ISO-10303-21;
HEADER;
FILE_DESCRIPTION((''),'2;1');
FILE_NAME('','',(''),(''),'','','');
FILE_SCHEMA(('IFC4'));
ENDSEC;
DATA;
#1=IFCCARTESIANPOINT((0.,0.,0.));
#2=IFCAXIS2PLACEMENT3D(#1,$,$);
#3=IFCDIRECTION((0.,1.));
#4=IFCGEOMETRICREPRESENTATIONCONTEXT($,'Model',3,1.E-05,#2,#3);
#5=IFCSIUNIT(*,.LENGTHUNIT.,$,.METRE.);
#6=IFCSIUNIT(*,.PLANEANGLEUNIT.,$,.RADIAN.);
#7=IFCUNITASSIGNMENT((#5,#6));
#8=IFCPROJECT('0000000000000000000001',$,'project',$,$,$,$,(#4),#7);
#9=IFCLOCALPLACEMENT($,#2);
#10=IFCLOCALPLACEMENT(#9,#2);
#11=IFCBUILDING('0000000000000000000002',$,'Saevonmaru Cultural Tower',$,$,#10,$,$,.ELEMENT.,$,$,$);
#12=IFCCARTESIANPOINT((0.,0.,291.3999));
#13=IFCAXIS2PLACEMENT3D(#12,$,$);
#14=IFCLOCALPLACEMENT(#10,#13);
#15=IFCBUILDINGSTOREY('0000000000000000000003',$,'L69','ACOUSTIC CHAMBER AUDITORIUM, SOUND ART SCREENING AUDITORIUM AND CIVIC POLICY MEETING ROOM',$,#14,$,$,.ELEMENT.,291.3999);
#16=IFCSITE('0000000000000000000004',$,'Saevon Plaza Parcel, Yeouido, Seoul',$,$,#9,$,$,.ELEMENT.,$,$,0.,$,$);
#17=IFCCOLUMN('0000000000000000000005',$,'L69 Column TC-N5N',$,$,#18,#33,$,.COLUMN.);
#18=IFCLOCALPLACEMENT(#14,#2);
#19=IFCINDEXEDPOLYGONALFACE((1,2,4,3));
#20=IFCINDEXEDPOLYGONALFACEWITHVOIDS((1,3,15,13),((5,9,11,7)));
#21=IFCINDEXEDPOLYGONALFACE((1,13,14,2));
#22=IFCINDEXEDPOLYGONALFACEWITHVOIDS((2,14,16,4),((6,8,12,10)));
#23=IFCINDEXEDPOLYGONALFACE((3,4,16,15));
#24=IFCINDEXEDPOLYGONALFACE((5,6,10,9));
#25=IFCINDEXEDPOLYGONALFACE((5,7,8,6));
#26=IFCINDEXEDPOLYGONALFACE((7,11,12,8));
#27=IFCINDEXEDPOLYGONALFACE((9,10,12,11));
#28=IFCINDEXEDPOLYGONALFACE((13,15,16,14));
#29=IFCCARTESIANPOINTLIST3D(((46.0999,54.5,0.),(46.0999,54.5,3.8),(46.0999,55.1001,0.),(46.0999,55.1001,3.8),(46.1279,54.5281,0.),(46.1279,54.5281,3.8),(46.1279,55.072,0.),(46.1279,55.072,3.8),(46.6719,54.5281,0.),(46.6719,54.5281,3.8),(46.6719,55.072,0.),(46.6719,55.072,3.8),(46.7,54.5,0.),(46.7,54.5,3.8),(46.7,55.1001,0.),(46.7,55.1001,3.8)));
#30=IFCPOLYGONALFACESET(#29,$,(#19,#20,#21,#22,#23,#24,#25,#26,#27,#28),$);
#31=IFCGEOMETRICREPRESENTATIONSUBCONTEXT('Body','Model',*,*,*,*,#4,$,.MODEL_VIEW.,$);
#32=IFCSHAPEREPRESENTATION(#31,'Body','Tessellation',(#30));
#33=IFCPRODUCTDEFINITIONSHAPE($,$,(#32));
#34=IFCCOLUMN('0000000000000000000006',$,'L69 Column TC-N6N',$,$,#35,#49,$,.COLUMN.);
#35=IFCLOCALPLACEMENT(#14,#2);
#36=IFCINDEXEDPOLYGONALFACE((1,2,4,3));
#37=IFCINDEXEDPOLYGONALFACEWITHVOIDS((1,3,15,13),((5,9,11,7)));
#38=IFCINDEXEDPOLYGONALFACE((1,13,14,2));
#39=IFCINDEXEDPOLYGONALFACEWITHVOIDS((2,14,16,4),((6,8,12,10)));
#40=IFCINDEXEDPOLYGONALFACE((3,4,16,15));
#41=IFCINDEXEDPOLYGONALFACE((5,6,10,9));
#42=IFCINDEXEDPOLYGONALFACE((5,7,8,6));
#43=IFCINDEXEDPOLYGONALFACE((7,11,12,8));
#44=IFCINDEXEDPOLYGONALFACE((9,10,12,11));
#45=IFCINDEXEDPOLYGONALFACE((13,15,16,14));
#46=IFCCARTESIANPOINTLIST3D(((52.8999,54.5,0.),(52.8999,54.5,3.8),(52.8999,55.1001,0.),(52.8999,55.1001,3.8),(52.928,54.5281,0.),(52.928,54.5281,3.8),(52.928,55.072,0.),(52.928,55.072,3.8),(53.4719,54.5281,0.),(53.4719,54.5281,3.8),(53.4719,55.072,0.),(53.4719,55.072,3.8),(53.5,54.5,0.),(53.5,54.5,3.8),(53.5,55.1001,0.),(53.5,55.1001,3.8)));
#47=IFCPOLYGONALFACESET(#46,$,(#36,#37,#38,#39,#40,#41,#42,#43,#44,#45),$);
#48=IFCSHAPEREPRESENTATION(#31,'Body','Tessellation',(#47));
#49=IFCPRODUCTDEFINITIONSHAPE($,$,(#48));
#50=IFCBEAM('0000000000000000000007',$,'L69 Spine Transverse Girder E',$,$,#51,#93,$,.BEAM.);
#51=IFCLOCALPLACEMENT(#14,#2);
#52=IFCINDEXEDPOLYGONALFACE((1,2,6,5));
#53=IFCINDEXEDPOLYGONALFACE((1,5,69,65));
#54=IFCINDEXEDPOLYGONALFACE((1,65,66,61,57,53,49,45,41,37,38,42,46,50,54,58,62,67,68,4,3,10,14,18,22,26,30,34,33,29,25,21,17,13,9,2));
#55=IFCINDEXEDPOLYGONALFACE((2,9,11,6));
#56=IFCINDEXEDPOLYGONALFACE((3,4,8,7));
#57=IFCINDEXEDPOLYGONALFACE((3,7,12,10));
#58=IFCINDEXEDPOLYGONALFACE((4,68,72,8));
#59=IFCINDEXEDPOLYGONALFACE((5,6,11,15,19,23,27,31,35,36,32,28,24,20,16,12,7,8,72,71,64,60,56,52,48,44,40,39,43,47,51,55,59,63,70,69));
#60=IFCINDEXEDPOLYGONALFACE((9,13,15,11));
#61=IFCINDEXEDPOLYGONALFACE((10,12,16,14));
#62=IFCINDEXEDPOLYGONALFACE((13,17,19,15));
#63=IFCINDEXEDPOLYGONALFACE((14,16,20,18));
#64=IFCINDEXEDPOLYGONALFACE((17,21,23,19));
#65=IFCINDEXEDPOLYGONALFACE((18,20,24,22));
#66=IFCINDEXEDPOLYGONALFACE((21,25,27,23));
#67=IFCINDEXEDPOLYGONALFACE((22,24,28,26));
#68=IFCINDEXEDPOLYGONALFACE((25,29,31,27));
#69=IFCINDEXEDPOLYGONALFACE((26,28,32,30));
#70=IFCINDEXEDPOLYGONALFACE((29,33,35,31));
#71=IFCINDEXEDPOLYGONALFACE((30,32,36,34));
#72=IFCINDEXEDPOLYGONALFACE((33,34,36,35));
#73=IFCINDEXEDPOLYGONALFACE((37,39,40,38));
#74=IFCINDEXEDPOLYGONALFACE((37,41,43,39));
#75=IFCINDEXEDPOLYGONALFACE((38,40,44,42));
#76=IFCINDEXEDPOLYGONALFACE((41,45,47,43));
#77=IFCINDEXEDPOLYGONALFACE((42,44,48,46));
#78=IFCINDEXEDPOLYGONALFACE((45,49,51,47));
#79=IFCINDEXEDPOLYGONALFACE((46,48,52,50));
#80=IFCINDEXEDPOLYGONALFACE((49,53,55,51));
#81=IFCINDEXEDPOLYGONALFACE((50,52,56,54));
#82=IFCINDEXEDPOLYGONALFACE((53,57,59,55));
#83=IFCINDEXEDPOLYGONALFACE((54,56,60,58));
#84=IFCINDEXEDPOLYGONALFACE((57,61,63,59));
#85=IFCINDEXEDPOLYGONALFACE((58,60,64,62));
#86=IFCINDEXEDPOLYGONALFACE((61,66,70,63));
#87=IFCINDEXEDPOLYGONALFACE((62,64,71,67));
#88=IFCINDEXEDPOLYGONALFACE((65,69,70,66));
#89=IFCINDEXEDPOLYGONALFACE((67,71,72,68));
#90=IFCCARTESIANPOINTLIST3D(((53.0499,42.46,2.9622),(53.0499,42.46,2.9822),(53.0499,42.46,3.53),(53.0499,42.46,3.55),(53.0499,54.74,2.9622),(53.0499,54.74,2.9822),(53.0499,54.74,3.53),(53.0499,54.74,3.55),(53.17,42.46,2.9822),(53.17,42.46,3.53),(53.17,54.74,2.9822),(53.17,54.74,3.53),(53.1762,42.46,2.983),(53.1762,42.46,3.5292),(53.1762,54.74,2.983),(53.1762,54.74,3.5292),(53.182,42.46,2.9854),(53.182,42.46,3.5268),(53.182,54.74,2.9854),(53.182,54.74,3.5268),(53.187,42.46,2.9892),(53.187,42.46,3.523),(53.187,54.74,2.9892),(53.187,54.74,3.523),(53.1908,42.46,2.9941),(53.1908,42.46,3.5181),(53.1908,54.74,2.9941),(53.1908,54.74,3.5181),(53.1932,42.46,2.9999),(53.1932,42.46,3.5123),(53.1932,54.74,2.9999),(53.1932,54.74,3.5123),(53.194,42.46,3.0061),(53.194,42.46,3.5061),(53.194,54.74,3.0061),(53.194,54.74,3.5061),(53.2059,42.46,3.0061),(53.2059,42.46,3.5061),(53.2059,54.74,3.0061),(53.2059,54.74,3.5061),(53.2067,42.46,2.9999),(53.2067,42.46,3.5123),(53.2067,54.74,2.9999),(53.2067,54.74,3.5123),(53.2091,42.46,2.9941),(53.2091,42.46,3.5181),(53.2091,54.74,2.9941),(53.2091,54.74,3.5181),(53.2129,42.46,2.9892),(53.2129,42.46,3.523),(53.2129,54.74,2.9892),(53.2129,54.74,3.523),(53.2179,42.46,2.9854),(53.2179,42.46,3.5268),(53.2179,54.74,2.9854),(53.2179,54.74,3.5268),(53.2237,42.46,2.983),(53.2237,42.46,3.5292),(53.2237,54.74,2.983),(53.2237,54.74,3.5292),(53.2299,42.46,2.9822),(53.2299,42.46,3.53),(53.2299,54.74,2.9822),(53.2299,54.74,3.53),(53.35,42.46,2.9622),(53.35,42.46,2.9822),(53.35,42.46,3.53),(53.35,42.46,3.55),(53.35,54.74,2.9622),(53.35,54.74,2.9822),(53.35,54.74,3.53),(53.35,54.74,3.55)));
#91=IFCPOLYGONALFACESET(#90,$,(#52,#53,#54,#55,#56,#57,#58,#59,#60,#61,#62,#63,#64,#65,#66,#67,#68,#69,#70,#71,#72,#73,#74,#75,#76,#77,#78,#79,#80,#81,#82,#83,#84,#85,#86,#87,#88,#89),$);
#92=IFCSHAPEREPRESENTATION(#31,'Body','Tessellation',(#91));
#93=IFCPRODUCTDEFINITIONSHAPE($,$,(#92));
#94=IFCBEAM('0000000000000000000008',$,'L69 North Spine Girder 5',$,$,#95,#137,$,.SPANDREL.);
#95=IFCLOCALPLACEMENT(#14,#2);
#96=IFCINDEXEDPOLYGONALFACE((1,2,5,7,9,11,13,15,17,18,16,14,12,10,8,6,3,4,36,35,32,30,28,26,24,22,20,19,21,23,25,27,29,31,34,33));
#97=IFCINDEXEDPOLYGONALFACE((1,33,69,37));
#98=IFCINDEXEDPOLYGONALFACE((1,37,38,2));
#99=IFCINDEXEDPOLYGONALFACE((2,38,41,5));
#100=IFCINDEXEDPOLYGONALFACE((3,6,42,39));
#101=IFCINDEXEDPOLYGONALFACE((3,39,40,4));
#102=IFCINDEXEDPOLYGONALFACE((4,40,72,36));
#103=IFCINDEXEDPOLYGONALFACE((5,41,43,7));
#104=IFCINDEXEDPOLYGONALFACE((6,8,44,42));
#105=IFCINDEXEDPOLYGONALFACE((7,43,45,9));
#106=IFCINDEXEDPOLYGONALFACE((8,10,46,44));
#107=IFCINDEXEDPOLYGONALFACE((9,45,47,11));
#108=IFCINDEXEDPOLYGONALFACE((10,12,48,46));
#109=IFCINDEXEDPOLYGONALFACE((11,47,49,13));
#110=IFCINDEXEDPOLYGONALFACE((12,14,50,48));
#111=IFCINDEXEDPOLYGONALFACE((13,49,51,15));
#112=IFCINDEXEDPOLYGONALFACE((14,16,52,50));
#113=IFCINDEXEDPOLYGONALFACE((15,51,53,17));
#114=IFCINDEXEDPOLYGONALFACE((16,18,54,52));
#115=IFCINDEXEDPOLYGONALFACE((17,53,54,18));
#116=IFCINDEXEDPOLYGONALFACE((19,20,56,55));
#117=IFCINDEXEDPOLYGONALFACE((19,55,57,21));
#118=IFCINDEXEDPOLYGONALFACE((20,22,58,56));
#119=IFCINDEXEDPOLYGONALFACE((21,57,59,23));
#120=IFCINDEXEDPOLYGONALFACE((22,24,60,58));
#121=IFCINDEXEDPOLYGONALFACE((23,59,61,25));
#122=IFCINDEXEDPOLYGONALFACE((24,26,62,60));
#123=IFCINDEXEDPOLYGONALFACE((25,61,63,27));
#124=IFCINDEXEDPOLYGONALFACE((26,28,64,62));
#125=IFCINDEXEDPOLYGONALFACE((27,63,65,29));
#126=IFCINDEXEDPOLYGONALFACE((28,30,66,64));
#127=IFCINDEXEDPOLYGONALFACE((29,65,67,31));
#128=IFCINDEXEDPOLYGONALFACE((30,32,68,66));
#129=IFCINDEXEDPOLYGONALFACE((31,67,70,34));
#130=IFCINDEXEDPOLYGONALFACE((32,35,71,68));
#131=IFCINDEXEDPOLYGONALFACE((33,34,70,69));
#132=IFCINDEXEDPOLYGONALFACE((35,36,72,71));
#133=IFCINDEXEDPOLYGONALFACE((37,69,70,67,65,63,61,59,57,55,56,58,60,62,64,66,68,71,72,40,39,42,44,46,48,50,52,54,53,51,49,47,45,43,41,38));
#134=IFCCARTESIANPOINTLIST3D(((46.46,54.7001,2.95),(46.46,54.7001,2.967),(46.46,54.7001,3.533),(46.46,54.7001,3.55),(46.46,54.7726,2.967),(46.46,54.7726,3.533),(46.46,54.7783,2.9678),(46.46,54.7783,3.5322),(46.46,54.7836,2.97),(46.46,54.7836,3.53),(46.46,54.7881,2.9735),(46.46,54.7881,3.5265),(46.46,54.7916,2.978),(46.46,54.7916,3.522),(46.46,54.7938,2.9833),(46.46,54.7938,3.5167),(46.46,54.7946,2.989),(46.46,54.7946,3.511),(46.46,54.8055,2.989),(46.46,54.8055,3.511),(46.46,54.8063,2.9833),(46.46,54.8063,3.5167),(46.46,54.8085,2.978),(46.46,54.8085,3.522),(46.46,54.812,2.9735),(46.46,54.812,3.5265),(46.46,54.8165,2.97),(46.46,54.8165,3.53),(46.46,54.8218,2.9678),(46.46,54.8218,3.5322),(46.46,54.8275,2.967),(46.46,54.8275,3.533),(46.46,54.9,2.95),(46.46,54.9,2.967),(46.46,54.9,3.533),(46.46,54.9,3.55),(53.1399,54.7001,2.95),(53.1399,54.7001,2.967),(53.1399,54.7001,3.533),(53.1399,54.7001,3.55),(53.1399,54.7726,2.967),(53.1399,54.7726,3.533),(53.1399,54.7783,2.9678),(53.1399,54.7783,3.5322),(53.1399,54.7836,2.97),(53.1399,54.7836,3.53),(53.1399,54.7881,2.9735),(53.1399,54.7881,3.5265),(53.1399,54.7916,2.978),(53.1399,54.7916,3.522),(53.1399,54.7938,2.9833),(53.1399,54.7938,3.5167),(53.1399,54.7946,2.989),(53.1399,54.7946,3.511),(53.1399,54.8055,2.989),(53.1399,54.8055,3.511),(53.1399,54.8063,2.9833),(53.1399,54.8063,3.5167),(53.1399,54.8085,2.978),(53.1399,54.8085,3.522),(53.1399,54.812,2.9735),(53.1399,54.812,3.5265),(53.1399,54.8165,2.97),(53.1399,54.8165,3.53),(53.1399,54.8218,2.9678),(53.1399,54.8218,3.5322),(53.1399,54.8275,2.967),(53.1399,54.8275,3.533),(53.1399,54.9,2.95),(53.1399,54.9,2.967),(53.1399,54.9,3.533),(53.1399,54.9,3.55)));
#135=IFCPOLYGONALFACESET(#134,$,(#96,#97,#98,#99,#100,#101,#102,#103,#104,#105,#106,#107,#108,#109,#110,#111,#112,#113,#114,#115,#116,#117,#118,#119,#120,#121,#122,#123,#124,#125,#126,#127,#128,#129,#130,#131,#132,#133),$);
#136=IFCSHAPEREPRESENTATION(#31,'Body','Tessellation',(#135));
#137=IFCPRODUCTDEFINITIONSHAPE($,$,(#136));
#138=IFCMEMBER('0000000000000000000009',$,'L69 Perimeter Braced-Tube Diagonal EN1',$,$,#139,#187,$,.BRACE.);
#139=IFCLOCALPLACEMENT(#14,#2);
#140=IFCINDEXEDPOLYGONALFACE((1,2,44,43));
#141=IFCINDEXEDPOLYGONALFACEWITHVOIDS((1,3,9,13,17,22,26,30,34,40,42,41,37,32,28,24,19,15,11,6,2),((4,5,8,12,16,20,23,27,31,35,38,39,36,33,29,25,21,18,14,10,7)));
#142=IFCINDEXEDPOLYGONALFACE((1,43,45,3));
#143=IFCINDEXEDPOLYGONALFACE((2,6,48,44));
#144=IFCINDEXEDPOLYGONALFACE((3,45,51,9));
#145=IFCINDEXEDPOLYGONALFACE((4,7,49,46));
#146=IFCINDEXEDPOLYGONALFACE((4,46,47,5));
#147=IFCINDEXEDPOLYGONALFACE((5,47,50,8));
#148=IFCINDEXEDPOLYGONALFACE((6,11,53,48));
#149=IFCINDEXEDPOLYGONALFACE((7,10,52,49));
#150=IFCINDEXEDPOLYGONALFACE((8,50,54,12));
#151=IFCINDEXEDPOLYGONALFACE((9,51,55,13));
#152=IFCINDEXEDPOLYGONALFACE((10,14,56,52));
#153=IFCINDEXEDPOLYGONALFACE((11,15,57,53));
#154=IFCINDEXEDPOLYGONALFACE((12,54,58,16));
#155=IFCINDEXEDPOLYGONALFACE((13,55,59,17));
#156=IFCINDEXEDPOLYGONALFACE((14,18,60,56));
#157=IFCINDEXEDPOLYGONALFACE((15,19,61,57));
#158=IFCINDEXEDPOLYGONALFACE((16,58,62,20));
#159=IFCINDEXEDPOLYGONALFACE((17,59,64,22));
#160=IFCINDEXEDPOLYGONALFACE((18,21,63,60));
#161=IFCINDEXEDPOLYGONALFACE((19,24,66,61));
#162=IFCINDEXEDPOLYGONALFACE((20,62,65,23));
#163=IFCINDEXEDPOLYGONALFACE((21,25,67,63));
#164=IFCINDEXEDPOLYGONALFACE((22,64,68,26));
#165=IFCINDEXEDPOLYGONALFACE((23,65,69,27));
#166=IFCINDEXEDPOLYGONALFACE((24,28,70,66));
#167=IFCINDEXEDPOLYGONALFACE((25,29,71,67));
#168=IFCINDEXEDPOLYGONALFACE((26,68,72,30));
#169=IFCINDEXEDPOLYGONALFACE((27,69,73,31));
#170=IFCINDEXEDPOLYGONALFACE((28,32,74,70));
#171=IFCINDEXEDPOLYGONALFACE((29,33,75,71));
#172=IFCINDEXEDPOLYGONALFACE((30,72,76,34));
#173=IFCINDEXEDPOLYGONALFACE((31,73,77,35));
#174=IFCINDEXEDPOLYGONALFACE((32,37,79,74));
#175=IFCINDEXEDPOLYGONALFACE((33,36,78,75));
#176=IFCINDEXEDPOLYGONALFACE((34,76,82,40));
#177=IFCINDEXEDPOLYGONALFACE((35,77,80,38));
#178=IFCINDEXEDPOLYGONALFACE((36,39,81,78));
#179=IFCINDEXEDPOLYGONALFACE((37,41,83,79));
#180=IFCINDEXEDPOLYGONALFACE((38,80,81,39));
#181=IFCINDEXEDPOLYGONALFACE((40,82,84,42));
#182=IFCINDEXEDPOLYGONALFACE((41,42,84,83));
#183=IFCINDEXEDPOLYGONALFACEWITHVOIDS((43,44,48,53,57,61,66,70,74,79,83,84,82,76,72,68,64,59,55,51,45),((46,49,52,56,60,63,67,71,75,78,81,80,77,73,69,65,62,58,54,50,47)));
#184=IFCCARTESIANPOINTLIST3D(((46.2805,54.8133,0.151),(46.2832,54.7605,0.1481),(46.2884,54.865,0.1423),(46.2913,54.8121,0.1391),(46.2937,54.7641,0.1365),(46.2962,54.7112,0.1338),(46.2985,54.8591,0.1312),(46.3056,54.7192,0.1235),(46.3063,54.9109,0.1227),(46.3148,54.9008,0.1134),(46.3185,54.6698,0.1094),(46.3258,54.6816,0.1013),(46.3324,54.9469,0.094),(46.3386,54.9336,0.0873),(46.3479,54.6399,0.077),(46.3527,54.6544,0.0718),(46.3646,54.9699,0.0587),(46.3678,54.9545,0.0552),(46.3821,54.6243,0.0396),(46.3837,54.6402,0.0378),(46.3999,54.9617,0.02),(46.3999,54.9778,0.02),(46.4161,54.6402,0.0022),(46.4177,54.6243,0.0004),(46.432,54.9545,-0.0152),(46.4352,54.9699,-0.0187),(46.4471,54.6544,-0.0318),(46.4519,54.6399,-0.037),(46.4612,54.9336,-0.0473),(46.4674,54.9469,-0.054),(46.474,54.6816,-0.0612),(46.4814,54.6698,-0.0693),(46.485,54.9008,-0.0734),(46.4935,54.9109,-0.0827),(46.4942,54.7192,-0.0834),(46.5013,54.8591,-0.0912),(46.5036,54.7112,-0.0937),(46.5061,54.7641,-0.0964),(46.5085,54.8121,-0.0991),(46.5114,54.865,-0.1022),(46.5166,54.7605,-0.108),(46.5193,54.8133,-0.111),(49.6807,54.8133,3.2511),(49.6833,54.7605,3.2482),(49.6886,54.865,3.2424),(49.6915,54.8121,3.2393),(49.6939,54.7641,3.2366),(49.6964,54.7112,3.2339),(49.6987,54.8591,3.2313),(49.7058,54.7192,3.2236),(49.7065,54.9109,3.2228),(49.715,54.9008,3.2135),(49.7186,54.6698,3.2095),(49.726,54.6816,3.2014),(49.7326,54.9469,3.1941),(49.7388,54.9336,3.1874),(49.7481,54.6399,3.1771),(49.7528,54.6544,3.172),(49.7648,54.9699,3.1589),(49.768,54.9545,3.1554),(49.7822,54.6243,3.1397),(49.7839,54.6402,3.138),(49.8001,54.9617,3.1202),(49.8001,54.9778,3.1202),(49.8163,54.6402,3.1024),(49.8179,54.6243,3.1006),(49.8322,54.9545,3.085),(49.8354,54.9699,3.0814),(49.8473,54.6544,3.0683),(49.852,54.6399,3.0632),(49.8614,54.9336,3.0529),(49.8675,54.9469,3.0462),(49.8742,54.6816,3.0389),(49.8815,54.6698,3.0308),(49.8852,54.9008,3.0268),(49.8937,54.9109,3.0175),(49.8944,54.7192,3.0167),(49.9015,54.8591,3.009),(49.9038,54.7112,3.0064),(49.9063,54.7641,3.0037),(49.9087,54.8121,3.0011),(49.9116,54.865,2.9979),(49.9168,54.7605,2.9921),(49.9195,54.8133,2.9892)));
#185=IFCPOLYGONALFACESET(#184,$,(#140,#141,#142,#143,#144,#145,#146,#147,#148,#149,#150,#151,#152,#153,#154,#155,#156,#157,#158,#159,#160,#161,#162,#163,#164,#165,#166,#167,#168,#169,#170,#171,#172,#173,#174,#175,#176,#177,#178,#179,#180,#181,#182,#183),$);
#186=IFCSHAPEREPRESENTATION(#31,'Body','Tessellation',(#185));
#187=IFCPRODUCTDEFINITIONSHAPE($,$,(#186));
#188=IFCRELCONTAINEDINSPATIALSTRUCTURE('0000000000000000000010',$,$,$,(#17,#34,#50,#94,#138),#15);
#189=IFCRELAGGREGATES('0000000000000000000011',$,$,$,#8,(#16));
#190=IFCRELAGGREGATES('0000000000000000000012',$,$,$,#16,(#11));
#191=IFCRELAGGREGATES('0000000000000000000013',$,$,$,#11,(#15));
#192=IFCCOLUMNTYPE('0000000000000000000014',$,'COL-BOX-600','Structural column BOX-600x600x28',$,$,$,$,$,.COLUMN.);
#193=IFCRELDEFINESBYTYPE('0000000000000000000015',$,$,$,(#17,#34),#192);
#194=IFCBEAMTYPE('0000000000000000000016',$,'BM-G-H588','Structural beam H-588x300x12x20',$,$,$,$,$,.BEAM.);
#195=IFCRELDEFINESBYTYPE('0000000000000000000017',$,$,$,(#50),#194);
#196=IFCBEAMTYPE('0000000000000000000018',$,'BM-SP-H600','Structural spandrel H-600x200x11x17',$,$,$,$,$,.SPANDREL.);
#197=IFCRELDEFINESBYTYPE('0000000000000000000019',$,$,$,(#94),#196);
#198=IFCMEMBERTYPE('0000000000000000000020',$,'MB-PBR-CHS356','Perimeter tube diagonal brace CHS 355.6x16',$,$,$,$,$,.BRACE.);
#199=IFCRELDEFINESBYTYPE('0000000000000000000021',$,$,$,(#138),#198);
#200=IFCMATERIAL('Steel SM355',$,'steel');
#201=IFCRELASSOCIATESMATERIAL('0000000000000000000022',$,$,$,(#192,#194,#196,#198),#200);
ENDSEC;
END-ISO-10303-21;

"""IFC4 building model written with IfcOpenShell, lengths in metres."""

from ifc_helpers import new_model, si_unit, direction, frame, origin, origin_2d, place, context, subcontext, project, spatial, hollow_rectangle, hollow_circle, i_section, extrude, material, material_profile, profile_set, type_object, element, save


model = new_model("IFC4")

# Units and contexts
model_context = context("Model", 3, precision=1e-05, world=origin(), true_north=direction((0.0, 1.0)))
body_context = subcontext(model_context, "Body", "Model", "MODEL_VIEW")
ifc_project = project(units=[si_unit("LENGTHUNIT", "METRE"), si_unit("PLANEANGLEUNIT", "RADIAN")], contexts=[model_context])

# Site, building, storey
site_placement = place(None, origin())
site = spatial("IfcSite", under=ifc_project, at=site_placement, Name="Saevon Plaza Parcel, Yeouido, Seoul", CompositionType="ELEMENT", RefElevation=0.0)
building_placement = place(site_placement, origin())
building = spatial("IfcBuilding", under=site, at=building_placement, Name="Saevonmaru Cultural Tower", CompositionType="ELEMENT")
storey_placement = place(building_placement, frame((0.0, 0.0, 291.3999)))
storey = spatial("IfcBuildingStorey", under=building, at=storey_placement, Name="L69", Description="ACOUSTIC CHAMBER AUDITORIUM, SOUND ART SCREENING AUDITORIUM AND CIVIC POLICY MEETING ROOM", CompositionType="ELEMENT", Elevation=291.3999)

# Columns
ifc_material_1 = material(Name="Steel SM355", Category="steel")
ifc_material_profile_1 = material_profile(ifc_material_1, hollow_rectangle(XDim=0.6001, YDim=0.6001, WallThickness=0.0281, at=origin_2d()), Name="BOX-600x600x28")
ifc_profile_set_1 = profile_set([ifc_material_profile_1], Name="Steel SM355")
column_type = type_object("IfcColumnType", Name="COL-BOX-600", Description="Structural column BOX-600x600x28", PredefinedType="COLUMN", material=ifc_profile_set_1)
for number, where, z_axis, x_axis, name in (
    (1, (46.3999, 54.8, 0.0), (0.0, 0.0, 1.0), (1.0, 0.0, 0.0), "L69 Column TC-N5N"),
    (2, (53.2, 54.8, 0.0), (0.0, 0.0, 1.0), (1.0, 0.0, 0.0), "L69 Column TC-N6N"),
):
    element("IfcColumn", number, at=place(storey_placement, frame(where, z_axis=z_axis, x_axis=x_axis)), inside=storey, type_object=column_type, Name=name, PredefinedType="COLUMN", context=body_context, shape_type="SweptSolid", body=[
        extrude(hollow_rectangle(XDim=0.6001, YDim=0.6001, WallThickness=0.0281, at=origin_2d()), origin(), (0.0, 0.0, 1.0), 3.8),
    ])

# Beams
ifc_material_profile_2 = material_profile(ifc_material_1, i_section(OverallWidth=0.3, OverallDepth=0.5879, WebThickness=0.012, FlangeThickness=0.02, FilletRadius=0.0239, at=origin_2d()), Name="H-588x300x12x20")
ifc_profile_set_2 = profile_set([ifc_material_profile_2], Name="Steel SM355")
beam_type_1 = type_object("IfcBeamType", Name="BM-G-H588", Description="Structural beam H-588x300x12x20", PredefinedType="BEAM", material=ifc_profile_set_2)
beam_1_placement = place(storey_placement, frame((53.2, 54.74, 3.2561), z_axis=(0.0, -1.0, 0.0), x_axis=(1.0, 0.0, 0.0)))
element("IfcBeam", 3, at=beam_1_placement, inside=storey, type_object=beam_type_1, Name="L69 Spine Transverse Girder E", PredefinedType="BEAM", context=body_context, shape_type="SweptSolid", body=[
    extrude(i_section(OverallWidth=0.3, OverallDepth=0.5879, WebThickness=0.012, FlangeThickness=0.02, FilletRadius=0.0239, at=origin_2d()), origin(), (0.0, 0.0, 1.0), 12.28),
])
ifc_material_profile_3 = material_profile(ifc_material_1, i_section(OverallWidth=0.2, OverallDepth=0.6001, WebThickness=0.011, FlangeThickness=0.0171, FilletRadius=0.022, at=origin_2d()), Name="H-600x200x11x17")
ifc_profile_set_3 = profile_set([ifc_material_profile_3], Name="Steel SM355")
beam_type_2 = type_object("IfcBeamType", Name="BM-SP-H600", Description="Structural spandrel H-600x200x11x17", PredefinedType="SPANDREL", material=ifc_profile_set_3)
beam_2_placement = place(storey_placement, frame((46.46, 54.8, 3.25), z_axis=(1.0, 0.0, 0.0), x_axis=(0.0, 1.0, 0.0)))
element("IfcBeam", 4, at=beam_2_placement, inside=storey, type_object=beam_type_2, Name="L69 North Spine Girder 5", PredefinedType="SPANDREL", context=body_context, shape_type="SweptSolid", body=[
    extrude(i_section(OverallWidth=0.2, OverallDepth=0.6001, WebThickness=0.011, FlangeThickness=0.0171, FilletRadius=0.022, at=origin_2d()), origin(), (0.0, 0.0, 1.0), 6.6799),
])

# Member
ifc_material_profile_4 = material_profile(ifc_material_1, hollow_circle(Radius=0.1777, WallThickness=0.0161, at=origin_2d()), Name="CHS-355.6x16")
ifc_profile_set_4 = profile_set([ifc_material_profile_4], Name="Steel SM355")
member_type_1 = type_object("IfcMemberType", Name="MB-PBR-CHS356", Description="Perimeter tube diagonal brace CHS 355.6x16", PredefinedType="BRACE", material=ifc_profile_set_4)
member_1_placement = place(storey_placement, frame((46.3999, 54.8, 0.02), z_axis=(0.73896, 0.0, 0.67375), x_axis=(0.0, 1.0, 0.0)))
element("IfcMember", 5, at=member_1_placement, inside=storey, type_object=member_type_1, Name="L69 Perimeter Braced-Tube Diagonal EN1", PredefinedType="BRACE", context=body_context, shape_type="SweptSolid", body=[
    extrude(hollow_circle(Radius=0.1777, WallThickness=0.0161, at=origin_2d()), origin(), (0.0, 0.0, 1.0), 4.6013),
])

save(model, "model.ifc")
